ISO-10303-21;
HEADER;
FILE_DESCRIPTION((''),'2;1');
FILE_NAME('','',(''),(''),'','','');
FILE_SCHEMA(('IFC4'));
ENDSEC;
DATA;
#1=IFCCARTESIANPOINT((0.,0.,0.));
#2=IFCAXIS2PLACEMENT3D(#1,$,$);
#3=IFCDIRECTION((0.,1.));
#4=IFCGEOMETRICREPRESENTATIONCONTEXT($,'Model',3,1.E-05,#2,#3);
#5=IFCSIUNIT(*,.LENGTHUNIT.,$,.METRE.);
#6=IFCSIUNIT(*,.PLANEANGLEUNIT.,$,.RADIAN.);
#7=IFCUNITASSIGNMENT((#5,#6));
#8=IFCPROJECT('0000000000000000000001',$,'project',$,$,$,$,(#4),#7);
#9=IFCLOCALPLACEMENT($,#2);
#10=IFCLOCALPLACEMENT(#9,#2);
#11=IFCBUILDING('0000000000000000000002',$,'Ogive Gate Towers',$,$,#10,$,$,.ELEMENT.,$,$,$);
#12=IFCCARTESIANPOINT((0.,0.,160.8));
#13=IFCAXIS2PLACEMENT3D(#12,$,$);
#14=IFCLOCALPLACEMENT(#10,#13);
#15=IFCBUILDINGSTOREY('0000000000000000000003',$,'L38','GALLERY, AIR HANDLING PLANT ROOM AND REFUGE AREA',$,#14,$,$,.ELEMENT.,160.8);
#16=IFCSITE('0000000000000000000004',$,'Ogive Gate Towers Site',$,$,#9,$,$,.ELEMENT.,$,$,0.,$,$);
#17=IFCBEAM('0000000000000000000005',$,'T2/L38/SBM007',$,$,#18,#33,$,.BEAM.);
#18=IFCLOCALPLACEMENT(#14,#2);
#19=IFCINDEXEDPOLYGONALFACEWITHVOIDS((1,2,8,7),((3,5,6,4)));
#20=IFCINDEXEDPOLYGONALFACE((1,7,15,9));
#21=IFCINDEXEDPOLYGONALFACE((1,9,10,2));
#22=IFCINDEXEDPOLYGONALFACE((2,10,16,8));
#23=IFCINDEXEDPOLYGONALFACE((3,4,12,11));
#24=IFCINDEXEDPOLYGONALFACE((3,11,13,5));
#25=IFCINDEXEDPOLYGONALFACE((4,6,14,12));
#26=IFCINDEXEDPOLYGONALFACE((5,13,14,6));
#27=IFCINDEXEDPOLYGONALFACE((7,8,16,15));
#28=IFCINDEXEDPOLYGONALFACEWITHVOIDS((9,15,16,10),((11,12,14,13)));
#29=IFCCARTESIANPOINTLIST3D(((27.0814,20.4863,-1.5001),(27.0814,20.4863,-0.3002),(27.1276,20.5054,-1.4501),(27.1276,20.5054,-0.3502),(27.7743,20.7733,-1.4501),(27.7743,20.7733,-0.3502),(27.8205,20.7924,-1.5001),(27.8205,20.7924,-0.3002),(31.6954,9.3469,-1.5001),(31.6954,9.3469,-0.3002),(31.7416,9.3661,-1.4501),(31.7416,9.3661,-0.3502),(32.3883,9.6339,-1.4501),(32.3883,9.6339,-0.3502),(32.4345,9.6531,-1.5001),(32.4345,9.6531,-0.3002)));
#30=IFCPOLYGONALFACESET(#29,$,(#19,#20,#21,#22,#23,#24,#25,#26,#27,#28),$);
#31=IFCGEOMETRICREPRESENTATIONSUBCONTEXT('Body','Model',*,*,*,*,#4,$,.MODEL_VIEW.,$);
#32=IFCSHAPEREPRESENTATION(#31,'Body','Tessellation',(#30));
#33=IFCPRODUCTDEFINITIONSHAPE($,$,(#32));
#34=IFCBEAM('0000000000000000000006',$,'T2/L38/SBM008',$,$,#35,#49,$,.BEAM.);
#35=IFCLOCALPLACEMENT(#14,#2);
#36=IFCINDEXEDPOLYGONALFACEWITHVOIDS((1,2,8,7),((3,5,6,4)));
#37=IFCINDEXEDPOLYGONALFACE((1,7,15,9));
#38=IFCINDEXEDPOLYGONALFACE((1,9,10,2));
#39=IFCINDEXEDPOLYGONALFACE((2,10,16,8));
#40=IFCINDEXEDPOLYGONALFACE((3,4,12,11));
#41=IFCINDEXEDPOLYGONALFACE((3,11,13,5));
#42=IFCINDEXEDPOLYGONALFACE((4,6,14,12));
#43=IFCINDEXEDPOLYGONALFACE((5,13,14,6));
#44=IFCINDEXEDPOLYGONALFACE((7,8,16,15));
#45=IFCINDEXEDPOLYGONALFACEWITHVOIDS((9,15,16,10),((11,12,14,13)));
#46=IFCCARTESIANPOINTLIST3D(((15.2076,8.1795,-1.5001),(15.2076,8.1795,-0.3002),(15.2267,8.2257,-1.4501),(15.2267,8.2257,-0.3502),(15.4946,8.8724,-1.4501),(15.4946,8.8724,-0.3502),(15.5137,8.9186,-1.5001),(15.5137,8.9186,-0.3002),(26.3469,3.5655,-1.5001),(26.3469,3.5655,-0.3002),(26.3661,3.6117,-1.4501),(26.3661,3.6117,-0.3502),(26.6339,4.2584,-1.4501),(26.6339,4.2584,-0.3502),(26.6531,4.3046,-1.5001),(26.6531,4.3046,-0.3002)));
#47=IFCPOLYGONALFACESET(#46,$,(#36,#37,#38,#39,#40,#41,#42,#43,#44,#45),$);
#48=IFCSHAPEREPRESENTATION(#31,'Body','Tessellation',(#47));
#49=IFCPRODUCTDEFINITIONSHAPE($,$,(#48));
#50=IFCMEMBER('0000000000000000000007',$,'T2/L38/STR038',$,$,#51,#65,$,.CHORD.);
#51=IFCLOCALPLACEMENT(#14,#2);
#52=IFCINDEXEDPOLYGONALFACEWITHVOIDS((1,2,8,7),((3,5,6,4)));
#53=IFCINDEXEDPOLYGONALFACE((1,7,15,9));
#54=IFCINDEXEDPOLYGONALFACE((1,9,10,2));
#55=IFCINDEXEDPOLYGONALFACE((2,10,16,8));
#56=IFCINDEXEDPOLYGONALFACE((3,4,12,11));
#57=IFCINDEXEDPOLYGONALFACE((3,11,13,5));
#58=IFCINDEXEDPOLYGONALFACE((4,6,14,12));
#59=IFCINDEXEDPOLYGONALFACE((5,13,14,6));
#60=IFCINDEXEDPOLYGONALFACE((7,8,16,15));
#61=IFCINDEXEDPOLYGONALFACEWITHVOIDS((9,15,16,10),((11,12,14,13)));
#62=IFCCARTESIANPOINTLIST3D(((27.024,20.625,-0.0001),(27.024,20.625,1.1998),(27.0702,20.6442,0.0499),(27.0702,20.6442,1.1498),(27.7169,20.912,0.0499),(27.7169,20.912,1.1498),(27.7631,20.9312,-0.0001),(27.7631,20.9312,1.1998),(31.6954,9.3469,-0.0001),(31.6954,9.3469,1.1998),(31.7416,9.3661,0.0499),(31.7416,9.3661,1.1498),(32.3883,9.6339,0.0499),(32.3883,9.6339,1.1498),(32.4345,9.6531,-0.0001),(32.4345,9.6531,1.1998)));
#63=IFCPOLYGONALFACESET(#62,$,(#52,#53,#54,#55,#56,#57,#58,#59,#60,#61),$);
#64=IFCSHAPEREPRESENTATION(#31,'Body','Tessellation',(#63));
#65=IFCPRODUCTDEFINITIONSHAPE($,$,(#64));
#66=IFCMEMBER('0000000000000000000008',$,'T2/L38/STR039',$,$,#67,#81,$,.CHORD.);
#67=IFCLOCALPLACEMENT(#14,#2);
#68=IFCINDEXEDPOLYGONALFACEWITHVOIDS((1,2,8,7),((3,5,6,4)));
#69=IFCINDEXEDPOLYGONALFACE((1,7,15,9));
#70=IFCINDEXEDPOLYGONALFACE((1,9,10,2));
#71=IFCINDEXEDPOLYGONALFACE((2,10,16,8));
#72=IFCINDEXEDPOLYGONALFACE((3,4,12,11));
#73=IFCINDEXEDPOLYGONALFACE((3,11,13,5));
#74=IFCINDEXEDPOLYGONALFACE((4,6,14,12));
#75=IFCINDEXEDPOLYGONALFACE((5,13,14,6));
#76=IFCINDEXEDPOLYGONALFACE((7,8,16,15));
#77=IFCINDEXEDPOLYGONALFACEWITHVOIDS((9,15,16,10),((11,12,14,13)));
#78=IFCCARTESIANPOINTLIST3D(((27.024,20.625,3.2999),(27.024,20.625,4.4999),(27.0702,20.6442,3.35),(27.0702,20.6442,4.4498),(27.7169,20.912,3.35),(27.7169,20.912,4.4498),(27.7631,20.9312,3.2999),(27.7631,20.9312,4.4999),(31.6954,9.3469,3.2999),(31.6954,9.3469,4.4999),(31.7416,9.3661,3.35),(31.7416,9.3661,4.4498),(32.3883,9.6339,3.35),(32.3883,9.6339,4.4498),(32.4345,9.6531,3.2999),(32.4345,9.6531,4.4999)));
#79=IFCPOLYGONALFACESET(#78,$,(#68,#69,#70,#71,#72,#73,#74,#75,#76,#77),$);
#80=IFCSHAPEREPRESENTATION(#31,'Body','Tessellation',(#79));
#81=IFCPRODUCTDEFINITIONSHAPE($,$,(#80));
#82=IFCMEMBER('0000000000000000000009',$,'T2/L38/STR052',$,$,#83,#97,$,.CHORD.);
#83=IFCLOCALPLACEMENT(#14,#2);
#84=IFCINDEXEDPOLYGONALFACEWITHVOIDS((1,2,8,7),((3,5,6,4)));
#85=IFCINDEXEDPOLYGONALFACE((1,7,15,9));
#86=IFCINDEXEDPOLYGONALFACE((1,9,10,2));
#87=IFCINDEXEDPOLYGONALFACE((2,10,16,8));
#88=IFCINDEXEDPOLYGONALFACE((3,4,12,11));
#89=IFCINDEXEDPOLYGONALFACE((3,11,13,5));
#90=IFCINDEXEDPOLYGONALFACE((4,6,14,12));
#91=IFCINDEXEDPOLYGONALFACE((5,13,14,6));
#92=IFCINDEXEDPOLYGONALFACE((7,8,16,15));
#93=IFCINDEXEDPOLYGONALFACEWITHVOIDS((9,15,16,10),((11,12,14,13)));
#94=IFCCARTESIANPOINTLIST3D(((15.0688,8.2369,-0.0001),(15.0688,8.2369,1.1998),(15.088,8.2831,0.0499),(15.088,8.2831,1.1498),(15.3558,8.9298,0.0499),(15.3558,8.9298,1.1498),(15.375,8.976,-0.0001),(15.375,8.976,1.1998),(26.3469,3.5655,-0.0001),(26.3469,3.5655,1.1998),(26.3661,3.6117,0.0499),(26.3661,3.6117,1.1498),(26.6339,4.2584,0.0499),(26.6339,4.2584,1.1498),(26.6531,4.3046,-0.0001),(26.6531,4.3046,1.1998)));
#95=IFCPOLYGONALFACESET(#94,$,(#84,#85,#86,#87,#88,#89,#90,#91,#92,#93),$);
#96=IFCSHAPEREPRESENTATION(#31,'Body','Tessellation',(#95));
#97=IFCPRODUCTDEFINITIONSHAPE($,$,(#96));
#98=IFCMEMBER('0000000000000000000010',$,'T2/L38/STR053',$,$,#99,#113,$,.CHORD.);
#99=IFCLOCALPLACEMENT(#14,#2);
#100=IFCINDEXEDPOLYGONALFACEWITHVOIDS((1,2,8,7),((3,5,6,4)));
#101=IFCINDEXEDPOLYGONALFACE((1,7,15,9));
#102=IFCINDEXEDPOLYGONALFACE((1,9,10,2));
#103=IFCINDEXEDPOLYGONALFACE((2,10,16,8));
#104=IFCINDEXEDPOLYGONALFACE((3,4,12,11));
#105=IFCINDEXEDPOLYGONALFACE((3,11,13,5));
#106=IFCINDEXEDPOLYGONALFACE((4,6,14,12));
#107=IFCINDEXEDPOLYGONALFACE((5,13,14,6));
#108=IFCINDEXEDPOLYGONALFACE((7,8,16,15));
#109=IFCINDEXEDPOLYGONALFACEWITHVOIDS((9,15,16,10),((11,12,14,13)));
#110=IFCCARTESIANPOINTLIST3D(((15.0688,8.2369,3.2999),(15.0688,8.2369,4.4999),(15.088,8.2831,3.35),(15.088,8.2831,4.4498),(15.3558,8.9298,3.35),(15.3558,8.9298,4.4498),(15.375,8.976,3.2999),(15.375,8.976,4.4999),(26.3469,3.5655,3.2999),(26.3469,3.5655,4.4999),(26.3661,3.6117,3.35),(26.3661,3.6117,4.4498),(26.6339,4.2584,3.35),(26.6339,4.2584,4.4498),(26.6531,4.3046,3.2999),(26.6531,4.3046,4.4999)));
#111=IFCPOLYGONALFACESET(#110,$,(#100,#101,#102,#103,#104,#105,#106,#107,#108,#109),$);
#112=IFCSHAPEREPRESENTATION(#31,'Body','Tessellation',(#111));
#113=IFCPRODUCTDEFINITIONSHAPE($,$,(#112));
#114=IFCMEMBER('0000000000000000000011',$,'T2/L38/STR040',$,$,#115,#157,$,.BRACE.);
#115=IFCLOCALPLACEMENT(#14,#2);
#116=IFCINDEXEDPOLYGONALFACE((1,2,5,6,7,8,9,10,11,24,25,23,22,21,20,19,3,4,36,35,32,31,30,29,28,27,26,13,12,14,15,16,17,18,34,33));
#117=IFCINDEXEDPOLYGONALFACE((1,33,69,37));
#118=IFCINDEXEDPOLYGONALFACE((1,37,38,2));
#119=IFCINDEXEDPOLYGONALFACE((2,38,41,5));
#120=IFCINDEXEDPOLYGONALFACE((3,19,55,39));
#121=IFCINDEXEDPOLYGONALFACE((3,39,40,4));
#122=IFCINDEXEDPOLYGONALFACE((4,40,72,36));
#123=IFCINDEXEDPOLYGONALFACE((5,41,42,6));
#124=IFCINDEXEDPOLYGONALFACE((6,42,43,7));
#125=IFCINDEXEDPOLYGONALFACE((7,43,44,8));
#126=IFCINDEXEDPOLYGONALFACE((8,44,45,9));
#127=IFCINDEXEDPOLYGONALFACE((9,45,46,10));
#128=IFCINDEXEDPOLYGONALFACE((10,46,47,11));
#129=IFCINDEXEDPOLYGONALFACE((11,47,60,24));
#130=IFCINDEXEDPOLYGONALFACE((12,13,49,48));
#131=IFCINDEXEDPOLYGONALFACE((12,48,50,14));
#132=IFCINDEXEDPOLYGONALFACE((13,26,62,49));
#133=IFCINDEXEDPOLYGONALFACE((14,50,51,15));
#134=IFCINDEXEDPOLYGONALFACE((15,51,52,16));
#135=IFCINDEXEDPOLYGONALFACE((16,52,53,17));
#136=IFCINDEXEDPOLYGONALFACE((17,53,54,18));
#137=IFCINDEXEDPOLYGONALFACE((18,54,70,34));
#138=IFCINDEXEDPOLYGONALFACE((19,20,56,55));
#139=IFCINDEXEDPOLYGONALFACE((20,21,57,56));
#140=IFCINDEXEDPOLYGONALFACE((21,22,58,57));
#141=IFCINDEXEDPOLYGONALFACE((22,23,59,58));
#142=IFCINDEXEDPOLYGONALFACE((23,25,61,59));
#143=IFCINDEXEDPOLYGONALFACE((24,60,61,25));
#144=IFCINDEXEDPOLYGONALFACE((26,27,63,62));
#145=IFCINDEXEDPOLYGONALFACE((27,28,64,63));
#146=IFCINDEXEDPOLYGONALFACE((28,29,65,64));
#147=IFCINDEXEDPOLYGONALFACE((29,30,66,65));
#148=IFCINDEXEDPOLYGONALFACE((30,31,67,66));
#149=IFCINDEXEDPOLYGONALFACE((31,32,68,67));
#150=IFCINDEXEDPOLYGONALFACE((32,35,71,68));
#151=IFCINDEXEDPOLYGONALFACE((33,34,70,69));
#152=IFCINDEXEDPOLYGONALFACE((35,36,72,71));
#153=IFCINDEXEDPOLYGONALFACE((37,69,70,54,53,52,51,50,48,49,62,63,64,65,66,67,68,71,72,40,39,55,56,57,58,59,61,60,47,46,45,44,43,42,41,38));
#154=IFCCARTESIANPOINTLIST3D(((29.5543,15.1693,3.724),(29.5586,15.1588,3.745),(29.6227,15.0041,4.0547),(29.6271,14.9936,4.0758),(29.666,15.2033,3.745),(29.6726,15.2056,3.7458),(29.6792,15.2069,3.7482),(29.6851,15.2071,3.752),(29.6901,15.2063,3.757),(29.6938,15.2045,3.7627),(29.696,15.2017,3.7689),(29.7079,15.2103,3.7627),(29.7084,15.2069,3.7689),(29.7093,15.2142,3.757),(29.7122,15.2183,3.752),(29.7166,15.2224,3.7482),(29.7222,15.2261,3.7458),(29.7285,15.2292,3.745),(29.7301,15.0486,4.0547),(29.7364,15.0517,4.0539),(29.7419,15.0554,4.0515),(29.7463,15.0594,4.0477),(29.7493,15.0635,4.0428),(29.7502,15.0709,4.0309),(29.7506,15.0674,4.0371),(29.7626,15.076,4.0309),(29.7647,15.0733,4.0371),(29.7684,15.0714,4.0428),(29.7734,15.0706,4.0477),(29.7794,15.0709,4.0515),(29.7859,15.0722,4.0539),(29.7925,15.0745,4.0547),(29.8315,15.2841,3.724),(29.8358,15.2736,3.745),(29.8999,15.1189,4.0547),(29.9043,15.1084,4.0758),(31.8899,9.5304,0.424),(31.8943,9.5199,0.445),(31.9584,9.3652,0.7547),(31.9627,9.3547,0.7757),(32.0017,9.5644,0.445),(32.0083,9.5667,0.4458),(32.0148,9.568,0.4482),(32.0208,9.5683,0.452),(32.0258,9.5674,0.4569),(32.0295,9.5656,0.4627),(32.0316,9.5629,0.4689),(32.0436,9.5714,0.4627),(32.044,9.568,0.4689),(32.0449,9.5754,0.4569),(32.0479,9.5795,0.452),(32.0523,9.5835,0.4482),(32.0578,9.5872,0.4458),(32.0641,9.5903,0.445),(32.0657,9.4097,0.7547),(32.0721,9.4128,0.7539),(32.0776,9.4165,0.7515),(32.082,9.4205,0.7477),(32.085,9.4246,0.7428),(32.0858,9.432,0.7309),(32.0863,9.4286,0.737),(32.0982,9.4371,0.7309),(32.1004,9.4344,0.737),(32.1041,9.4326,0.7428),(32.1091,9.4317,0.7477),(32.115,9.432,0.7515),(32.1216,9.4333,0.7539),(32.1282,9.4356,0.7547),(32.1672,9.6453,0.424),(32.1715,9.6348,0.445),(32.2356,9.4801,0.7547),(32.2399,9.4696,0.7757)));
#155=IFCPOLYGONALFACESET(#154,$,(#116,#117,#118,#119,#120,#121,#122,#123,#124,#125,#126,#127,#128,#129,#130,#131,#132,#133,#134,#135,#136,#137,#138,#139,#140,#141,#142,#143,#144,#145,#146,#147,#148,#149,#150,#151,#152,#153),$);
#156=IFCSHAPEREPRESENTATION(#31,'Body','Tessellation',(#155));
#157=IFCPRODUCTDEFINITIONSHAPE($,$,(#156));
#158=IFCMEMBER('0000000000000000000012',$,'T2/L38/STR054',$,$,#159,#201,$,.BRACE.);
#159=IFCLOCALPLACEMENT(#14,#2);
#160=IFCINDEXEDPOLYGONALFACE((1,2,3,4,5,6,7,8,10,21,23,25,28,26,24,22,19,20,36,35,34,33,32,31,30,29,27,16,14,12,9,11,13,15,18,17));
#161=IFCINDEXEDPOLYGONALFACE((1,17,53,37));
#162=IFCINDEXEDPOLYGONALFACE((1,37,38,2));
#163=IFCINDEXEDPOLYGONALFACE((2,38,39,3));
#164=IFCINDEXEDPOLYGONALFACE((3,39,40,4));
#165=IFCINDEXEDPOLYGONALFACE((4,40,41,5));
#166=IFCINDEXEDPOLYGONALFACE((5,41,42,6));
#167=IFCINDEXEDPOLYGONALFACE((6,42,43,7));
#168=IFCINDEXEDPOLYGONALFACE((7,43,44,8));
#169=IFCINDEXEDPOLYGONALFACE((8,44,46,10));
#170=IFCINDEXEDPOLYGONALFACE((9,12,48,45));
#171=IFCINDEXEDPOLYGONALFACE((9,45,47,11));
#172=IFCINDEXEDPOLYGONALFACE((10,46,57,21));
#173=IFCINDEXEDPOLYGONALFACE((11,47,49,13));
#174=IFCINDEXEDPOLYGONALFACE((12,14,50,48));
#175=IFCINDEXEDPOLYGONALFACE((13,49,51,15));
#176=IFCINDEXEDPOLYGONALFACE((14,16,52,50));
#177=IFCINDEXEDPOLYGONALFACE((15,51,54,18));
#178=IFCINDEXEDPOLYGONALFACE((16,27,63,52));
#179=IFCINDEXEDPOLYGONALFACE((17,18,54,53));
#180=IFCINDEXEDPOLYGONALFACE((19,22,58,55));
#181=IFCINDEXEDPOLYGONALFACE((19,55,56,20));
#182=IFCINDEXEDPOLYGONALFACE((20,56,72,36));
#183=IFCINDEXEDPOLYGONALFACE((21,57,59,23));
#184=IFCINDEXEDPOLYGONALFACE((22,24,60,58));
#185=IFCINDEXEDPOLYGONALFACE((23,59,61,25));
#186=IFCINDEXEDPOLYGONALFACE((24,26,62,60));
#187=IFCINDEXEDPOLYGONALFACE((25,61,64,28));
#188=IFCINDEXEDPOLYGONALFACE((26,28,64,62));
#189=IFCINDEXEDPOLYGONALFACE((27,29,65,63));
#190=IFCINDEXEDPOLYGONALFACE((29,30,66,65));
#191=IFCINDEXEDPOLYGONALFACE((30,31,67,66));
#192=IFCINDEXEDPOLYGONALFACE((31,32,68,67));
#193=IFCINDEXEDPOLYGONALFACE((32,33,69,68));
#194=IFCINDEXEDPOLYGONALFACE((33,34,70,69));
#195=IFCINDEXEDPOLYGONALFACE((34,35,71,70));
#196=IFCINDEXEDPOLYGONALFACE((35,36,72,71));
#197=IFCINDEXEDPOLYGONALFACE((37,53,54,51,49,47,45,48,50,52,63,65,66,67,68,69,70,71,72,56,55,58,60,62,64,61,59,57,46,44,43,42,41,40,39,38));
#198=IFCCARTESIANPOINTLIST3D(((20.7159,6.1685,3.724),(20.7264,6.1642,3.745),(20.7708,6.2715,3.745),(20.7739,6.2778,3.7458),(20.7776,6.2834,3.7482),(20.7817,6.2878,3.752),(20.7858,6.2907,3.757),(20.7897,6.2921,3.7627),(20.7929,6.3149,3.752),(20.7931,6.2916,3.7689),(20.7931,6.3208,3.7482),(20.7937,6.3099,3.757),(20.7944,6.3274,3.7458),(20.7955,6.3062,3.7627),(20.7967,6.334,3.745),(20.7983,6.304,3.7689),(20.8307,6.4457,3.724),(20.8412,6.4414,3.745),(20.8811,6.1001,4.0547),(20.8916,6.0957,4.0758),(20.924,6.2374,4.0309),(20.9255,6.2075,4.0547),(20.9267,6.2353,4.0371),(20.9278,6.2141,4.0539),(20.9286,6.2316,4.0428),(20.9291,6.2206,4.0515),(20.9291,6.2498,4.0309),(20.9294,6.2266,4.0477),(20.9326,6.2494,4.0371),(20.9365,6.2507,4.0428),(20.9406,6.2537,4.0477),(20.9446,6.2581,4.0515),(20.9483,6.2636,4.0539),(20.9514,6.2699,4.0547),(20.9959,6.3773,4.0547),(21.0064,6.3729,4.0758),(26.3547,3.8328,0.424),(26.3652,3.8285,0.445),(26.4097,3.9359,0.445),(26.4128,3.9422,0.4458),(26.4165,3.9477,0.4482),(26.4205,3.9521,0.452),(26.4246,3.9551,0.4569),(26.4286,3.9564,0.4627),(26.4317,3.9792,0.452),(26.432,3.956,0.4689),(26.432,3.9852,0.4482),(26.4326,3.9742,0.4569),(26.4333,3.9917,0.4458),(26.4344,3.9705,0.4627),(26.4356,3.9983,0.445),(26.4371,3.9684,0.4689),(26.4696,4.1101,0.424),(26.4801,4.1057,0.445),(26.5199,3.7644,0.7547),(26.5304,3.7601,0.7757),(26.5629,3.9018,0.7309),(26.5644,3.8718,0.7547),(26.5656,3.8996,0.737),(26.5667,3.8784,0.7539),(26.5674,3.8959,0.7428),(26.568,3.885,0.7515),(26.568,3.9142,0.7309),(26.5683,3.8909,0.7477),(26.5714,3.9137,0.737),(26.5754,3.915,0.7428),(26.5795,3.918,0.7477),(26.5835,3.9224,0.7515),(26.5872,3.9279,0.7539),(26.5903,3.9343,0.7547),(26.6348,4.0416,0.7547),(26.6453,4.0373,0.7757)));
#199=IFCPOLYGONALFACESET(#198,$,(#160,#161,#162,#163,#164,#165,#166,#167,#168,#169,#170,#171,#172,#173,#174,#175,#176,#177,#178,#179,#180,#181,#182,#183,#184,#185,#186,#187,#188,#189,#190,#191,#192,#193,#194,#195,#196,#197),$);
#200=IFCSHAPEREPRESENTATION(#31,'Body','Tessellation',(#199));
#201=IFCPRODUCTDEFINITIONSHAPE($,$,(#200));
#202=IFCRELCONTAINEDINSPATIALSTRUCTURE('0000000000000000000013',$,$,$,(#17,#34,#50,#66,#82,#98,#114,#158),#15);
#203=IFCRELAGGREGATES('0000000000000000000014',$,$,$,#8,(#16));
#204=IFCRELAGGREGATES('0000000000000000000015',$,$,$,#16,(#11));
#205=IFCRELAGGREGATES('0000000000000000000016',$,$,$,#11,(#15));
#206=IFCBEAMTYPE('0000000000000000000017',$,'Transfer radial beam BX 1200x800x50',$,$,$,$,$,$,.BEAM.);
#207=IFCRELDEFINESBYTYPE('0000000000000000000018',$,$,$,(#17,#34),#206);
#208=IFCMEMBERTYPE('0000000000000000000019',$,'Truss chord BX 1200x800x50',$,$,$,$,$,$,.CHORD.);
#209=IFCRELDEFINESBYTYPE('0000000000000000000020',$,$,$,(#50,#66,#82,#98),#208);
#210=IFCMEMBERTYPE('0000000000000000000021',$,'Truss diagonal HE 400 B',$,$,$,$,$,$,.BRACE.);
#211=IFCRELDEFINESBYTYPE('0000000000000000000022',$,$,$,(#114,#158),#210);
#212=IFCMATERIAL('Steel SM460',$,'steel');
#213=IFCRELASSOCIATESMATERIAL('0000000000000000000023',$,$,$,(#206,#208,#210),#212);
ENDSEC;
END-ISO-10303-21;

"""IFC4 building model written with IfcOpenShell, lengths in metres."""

from ifc_helpers import new_model, si_unit, direction, frame, origin, origin_2d, place, context, subcontext, project, spatial, hollow_rectangle, i_section, extrude, material, material_profile, profile_set, type_object, element, save


model = new_model("IFC4")

# Units and contexts
model_context = context("Model", 3, precision=1e-05, world=origin(), true_north=direction((0.0, 1.0)))
body_context = subcontext(model_context, "Body", "Model", "MODEL_VIEW")
ifc_project = project(units=[si_unit("LENGTHUNIT", "METRE"), si_unit("PLANEANGLEUNIT", "RADIAN")], contexts=[model_context])

# Site, building, storey
site_placement = place(None, origin())
site = spatial("IfcSite", under=ifc_project, at=site_placement, Name="Ogive Gate Towers Site", CompositionType="ELEMENT", RefElevation=0.0)
building_placement = place(site_placement, origin())
building = spatial("IfcBuilding", under=site, at=building_placement, Name="Ogive Gate Towers", CompositionType="ELEMENT")
storey_placement = place(building_placement, frame((0.0, 0.0, 160.8)))
storey = spatial("IfcBuildingStorey", under=building, at=storey_placement, Name="L38", Description="GALLERY, AIR HANDLING PLANT ROOM AND REFUGE AREA", CompositionType="ELEMENT", Elevation=160.8)

# Beams
ifc_material_1 = material(Name="Steel SM460", Category="steel")
ifc_material_profile_1 = material_profile(ifc_material_1, hollow_rectangle(XDim=0.8, YDim=1.2, WallThickness=0.05, at=origin_2d()), Name="BX 1200x800x50")
ifc_profile_set_1 = profile_set([ifc_material_profile_1], Name="Steel SM460")
beam_type = type_object("IfcBeamType", Name="Transfer radial beam BX 1200x800x50", PredefinedType="BEAM", material=ifc_profile_set_1)
for number, where, z_axis, x_axis, name in (
    (1, (32.0649, 9.5, -0.9001), (-0.382678, 0.923882, 0.0), (-0.923882, -0.382678, 0.0), "T2/L38/SBM007"),
    (2, (26.5, 3.9351, -0.9001), (-0.923882, 0.382678, 0.0), (-0.382678, -0.923882, 0.0), "T2/L38/SBM008"),
):
    element("IfcBeam", number, at=place(storey_placement, frame(where, z_axis=z_axis, x_axis=x_axis)), inside=storey, type_object=beam_type, Name=name, PredefinedType="BEAM", context=body_context, shape_type="SweptSolid", body=[
        extrude(hollow_rectangle(XDim=0.8, YDim=1.2, WallThickness=0.05, at=origin_2d()), origin(), (0.0, 0.0, 1.0), 12.0571),
    ])

# Members
ifc_material_profile_2 = material_profile(ifc_material_1, hollow_rectangle(XDim=0.8, YDim=1.2, WallThickness=0.05, at=origin_2d()), Name="BX 1200x800x50")
ifc_profile_set_2 = profile_set([ifc_material_profile_2], Name="Steel SM460")
member_type_1 = type_object("IfcMemberType", Name="Truss chord BX 1200x800x50", PredefinedType="CHORD", material=ifc_profile_set_2)
for number, where, z_axis, x_axis, name in (
    (3, (32.0649, 9.5, 0.5999), (-0.382673, 0.923884, 0.0), (-0.923884, -0.382673, 0.0), "T2/L38/STR038"),
    (4, (32.0649, 9.5, 3.8999), (-0.382673, 0.923884, 0.0), (-0.923884, -0.382673, 0.0), "T2/L38/STR039"),
    (5, (26.5, 3.9351, 0.5999), (-0.923884, 0.382673, 0.0), (-0.382673, -0.923884, 0.0), "T2/L38/STR052"),
    (6, (26.5, 3.9351, 3.8999), (-0.923884, 0.382673, 0.0), (-0.382673, -0.923884, 0.0), "T2/L38/STR053"),
):
    element("IfcMember", number, at=place(storey_placement, frame(where, z_axis=z_axis, x_axis=x_axis)), inside=storey, type_object=member_type_1, Name=name, PredefinedType="CHORD", context=body_context, shape_type="SweptSolid", body=[
        extrude(hollow_rectangle(XDim=0.8, YDim=1.2, WallThickness=0.05, at=origin_2d()), origin(), (0.0, 0.0, 1.0), 12.2073),
    ])
ifc_material_profile_3 = material_profile(ifc_material_1, i_section(OverallWidth=0.3, OverallDepth=0.3999, WebThickness=0.0134, FlangeThickness=0.0239, FilletRadius=0.0271, at=origin_2d()), Name="HE 400 B")
ifc_profile_set_3 = profile_set([ifc_material_profile_3], Name="Steel SM460")
member_type_2 = type_object("IfcMemberType", Name="Truss diagonal HE 400 B", PredefinedType="BRACE", material=ifc_profile_set_3)
for number, where, z_axis, x_axis, name in (
    (7, (32.0649, 9.5, 0.5999), (-0.336627, 0.812696, 0.475612), (-0.923881, -0.38268, 0.0), "T2/L38/STR040"),
    (8, (26.5, 3.9351, 0.5999), (-0.812696, 0.336627, 0.475612), (-0.38268, -0.923881, 0.0), "T2/L38/STR054"),
):
    element("IfcMember", number, at=place(storey_placement, frame(where, z_axis=z_axis, x_axis=x_axis)), inside=storey, type_object=member_type_2, Name=name, PredefinedType="BRACE", context=body_context, shape_type="SweptSolid", body=[
        extrude(i_section(OverallWidth=0.3, OverallDepth=0.3999, WebThickness=0.0134, FlangeThickness=0.0239, FilletRadius=0.0271, at=origin_2d()), origin(), (0.0, 0.0, 1.0), 6.9385),
    ])

save(model, "model.ifc")
